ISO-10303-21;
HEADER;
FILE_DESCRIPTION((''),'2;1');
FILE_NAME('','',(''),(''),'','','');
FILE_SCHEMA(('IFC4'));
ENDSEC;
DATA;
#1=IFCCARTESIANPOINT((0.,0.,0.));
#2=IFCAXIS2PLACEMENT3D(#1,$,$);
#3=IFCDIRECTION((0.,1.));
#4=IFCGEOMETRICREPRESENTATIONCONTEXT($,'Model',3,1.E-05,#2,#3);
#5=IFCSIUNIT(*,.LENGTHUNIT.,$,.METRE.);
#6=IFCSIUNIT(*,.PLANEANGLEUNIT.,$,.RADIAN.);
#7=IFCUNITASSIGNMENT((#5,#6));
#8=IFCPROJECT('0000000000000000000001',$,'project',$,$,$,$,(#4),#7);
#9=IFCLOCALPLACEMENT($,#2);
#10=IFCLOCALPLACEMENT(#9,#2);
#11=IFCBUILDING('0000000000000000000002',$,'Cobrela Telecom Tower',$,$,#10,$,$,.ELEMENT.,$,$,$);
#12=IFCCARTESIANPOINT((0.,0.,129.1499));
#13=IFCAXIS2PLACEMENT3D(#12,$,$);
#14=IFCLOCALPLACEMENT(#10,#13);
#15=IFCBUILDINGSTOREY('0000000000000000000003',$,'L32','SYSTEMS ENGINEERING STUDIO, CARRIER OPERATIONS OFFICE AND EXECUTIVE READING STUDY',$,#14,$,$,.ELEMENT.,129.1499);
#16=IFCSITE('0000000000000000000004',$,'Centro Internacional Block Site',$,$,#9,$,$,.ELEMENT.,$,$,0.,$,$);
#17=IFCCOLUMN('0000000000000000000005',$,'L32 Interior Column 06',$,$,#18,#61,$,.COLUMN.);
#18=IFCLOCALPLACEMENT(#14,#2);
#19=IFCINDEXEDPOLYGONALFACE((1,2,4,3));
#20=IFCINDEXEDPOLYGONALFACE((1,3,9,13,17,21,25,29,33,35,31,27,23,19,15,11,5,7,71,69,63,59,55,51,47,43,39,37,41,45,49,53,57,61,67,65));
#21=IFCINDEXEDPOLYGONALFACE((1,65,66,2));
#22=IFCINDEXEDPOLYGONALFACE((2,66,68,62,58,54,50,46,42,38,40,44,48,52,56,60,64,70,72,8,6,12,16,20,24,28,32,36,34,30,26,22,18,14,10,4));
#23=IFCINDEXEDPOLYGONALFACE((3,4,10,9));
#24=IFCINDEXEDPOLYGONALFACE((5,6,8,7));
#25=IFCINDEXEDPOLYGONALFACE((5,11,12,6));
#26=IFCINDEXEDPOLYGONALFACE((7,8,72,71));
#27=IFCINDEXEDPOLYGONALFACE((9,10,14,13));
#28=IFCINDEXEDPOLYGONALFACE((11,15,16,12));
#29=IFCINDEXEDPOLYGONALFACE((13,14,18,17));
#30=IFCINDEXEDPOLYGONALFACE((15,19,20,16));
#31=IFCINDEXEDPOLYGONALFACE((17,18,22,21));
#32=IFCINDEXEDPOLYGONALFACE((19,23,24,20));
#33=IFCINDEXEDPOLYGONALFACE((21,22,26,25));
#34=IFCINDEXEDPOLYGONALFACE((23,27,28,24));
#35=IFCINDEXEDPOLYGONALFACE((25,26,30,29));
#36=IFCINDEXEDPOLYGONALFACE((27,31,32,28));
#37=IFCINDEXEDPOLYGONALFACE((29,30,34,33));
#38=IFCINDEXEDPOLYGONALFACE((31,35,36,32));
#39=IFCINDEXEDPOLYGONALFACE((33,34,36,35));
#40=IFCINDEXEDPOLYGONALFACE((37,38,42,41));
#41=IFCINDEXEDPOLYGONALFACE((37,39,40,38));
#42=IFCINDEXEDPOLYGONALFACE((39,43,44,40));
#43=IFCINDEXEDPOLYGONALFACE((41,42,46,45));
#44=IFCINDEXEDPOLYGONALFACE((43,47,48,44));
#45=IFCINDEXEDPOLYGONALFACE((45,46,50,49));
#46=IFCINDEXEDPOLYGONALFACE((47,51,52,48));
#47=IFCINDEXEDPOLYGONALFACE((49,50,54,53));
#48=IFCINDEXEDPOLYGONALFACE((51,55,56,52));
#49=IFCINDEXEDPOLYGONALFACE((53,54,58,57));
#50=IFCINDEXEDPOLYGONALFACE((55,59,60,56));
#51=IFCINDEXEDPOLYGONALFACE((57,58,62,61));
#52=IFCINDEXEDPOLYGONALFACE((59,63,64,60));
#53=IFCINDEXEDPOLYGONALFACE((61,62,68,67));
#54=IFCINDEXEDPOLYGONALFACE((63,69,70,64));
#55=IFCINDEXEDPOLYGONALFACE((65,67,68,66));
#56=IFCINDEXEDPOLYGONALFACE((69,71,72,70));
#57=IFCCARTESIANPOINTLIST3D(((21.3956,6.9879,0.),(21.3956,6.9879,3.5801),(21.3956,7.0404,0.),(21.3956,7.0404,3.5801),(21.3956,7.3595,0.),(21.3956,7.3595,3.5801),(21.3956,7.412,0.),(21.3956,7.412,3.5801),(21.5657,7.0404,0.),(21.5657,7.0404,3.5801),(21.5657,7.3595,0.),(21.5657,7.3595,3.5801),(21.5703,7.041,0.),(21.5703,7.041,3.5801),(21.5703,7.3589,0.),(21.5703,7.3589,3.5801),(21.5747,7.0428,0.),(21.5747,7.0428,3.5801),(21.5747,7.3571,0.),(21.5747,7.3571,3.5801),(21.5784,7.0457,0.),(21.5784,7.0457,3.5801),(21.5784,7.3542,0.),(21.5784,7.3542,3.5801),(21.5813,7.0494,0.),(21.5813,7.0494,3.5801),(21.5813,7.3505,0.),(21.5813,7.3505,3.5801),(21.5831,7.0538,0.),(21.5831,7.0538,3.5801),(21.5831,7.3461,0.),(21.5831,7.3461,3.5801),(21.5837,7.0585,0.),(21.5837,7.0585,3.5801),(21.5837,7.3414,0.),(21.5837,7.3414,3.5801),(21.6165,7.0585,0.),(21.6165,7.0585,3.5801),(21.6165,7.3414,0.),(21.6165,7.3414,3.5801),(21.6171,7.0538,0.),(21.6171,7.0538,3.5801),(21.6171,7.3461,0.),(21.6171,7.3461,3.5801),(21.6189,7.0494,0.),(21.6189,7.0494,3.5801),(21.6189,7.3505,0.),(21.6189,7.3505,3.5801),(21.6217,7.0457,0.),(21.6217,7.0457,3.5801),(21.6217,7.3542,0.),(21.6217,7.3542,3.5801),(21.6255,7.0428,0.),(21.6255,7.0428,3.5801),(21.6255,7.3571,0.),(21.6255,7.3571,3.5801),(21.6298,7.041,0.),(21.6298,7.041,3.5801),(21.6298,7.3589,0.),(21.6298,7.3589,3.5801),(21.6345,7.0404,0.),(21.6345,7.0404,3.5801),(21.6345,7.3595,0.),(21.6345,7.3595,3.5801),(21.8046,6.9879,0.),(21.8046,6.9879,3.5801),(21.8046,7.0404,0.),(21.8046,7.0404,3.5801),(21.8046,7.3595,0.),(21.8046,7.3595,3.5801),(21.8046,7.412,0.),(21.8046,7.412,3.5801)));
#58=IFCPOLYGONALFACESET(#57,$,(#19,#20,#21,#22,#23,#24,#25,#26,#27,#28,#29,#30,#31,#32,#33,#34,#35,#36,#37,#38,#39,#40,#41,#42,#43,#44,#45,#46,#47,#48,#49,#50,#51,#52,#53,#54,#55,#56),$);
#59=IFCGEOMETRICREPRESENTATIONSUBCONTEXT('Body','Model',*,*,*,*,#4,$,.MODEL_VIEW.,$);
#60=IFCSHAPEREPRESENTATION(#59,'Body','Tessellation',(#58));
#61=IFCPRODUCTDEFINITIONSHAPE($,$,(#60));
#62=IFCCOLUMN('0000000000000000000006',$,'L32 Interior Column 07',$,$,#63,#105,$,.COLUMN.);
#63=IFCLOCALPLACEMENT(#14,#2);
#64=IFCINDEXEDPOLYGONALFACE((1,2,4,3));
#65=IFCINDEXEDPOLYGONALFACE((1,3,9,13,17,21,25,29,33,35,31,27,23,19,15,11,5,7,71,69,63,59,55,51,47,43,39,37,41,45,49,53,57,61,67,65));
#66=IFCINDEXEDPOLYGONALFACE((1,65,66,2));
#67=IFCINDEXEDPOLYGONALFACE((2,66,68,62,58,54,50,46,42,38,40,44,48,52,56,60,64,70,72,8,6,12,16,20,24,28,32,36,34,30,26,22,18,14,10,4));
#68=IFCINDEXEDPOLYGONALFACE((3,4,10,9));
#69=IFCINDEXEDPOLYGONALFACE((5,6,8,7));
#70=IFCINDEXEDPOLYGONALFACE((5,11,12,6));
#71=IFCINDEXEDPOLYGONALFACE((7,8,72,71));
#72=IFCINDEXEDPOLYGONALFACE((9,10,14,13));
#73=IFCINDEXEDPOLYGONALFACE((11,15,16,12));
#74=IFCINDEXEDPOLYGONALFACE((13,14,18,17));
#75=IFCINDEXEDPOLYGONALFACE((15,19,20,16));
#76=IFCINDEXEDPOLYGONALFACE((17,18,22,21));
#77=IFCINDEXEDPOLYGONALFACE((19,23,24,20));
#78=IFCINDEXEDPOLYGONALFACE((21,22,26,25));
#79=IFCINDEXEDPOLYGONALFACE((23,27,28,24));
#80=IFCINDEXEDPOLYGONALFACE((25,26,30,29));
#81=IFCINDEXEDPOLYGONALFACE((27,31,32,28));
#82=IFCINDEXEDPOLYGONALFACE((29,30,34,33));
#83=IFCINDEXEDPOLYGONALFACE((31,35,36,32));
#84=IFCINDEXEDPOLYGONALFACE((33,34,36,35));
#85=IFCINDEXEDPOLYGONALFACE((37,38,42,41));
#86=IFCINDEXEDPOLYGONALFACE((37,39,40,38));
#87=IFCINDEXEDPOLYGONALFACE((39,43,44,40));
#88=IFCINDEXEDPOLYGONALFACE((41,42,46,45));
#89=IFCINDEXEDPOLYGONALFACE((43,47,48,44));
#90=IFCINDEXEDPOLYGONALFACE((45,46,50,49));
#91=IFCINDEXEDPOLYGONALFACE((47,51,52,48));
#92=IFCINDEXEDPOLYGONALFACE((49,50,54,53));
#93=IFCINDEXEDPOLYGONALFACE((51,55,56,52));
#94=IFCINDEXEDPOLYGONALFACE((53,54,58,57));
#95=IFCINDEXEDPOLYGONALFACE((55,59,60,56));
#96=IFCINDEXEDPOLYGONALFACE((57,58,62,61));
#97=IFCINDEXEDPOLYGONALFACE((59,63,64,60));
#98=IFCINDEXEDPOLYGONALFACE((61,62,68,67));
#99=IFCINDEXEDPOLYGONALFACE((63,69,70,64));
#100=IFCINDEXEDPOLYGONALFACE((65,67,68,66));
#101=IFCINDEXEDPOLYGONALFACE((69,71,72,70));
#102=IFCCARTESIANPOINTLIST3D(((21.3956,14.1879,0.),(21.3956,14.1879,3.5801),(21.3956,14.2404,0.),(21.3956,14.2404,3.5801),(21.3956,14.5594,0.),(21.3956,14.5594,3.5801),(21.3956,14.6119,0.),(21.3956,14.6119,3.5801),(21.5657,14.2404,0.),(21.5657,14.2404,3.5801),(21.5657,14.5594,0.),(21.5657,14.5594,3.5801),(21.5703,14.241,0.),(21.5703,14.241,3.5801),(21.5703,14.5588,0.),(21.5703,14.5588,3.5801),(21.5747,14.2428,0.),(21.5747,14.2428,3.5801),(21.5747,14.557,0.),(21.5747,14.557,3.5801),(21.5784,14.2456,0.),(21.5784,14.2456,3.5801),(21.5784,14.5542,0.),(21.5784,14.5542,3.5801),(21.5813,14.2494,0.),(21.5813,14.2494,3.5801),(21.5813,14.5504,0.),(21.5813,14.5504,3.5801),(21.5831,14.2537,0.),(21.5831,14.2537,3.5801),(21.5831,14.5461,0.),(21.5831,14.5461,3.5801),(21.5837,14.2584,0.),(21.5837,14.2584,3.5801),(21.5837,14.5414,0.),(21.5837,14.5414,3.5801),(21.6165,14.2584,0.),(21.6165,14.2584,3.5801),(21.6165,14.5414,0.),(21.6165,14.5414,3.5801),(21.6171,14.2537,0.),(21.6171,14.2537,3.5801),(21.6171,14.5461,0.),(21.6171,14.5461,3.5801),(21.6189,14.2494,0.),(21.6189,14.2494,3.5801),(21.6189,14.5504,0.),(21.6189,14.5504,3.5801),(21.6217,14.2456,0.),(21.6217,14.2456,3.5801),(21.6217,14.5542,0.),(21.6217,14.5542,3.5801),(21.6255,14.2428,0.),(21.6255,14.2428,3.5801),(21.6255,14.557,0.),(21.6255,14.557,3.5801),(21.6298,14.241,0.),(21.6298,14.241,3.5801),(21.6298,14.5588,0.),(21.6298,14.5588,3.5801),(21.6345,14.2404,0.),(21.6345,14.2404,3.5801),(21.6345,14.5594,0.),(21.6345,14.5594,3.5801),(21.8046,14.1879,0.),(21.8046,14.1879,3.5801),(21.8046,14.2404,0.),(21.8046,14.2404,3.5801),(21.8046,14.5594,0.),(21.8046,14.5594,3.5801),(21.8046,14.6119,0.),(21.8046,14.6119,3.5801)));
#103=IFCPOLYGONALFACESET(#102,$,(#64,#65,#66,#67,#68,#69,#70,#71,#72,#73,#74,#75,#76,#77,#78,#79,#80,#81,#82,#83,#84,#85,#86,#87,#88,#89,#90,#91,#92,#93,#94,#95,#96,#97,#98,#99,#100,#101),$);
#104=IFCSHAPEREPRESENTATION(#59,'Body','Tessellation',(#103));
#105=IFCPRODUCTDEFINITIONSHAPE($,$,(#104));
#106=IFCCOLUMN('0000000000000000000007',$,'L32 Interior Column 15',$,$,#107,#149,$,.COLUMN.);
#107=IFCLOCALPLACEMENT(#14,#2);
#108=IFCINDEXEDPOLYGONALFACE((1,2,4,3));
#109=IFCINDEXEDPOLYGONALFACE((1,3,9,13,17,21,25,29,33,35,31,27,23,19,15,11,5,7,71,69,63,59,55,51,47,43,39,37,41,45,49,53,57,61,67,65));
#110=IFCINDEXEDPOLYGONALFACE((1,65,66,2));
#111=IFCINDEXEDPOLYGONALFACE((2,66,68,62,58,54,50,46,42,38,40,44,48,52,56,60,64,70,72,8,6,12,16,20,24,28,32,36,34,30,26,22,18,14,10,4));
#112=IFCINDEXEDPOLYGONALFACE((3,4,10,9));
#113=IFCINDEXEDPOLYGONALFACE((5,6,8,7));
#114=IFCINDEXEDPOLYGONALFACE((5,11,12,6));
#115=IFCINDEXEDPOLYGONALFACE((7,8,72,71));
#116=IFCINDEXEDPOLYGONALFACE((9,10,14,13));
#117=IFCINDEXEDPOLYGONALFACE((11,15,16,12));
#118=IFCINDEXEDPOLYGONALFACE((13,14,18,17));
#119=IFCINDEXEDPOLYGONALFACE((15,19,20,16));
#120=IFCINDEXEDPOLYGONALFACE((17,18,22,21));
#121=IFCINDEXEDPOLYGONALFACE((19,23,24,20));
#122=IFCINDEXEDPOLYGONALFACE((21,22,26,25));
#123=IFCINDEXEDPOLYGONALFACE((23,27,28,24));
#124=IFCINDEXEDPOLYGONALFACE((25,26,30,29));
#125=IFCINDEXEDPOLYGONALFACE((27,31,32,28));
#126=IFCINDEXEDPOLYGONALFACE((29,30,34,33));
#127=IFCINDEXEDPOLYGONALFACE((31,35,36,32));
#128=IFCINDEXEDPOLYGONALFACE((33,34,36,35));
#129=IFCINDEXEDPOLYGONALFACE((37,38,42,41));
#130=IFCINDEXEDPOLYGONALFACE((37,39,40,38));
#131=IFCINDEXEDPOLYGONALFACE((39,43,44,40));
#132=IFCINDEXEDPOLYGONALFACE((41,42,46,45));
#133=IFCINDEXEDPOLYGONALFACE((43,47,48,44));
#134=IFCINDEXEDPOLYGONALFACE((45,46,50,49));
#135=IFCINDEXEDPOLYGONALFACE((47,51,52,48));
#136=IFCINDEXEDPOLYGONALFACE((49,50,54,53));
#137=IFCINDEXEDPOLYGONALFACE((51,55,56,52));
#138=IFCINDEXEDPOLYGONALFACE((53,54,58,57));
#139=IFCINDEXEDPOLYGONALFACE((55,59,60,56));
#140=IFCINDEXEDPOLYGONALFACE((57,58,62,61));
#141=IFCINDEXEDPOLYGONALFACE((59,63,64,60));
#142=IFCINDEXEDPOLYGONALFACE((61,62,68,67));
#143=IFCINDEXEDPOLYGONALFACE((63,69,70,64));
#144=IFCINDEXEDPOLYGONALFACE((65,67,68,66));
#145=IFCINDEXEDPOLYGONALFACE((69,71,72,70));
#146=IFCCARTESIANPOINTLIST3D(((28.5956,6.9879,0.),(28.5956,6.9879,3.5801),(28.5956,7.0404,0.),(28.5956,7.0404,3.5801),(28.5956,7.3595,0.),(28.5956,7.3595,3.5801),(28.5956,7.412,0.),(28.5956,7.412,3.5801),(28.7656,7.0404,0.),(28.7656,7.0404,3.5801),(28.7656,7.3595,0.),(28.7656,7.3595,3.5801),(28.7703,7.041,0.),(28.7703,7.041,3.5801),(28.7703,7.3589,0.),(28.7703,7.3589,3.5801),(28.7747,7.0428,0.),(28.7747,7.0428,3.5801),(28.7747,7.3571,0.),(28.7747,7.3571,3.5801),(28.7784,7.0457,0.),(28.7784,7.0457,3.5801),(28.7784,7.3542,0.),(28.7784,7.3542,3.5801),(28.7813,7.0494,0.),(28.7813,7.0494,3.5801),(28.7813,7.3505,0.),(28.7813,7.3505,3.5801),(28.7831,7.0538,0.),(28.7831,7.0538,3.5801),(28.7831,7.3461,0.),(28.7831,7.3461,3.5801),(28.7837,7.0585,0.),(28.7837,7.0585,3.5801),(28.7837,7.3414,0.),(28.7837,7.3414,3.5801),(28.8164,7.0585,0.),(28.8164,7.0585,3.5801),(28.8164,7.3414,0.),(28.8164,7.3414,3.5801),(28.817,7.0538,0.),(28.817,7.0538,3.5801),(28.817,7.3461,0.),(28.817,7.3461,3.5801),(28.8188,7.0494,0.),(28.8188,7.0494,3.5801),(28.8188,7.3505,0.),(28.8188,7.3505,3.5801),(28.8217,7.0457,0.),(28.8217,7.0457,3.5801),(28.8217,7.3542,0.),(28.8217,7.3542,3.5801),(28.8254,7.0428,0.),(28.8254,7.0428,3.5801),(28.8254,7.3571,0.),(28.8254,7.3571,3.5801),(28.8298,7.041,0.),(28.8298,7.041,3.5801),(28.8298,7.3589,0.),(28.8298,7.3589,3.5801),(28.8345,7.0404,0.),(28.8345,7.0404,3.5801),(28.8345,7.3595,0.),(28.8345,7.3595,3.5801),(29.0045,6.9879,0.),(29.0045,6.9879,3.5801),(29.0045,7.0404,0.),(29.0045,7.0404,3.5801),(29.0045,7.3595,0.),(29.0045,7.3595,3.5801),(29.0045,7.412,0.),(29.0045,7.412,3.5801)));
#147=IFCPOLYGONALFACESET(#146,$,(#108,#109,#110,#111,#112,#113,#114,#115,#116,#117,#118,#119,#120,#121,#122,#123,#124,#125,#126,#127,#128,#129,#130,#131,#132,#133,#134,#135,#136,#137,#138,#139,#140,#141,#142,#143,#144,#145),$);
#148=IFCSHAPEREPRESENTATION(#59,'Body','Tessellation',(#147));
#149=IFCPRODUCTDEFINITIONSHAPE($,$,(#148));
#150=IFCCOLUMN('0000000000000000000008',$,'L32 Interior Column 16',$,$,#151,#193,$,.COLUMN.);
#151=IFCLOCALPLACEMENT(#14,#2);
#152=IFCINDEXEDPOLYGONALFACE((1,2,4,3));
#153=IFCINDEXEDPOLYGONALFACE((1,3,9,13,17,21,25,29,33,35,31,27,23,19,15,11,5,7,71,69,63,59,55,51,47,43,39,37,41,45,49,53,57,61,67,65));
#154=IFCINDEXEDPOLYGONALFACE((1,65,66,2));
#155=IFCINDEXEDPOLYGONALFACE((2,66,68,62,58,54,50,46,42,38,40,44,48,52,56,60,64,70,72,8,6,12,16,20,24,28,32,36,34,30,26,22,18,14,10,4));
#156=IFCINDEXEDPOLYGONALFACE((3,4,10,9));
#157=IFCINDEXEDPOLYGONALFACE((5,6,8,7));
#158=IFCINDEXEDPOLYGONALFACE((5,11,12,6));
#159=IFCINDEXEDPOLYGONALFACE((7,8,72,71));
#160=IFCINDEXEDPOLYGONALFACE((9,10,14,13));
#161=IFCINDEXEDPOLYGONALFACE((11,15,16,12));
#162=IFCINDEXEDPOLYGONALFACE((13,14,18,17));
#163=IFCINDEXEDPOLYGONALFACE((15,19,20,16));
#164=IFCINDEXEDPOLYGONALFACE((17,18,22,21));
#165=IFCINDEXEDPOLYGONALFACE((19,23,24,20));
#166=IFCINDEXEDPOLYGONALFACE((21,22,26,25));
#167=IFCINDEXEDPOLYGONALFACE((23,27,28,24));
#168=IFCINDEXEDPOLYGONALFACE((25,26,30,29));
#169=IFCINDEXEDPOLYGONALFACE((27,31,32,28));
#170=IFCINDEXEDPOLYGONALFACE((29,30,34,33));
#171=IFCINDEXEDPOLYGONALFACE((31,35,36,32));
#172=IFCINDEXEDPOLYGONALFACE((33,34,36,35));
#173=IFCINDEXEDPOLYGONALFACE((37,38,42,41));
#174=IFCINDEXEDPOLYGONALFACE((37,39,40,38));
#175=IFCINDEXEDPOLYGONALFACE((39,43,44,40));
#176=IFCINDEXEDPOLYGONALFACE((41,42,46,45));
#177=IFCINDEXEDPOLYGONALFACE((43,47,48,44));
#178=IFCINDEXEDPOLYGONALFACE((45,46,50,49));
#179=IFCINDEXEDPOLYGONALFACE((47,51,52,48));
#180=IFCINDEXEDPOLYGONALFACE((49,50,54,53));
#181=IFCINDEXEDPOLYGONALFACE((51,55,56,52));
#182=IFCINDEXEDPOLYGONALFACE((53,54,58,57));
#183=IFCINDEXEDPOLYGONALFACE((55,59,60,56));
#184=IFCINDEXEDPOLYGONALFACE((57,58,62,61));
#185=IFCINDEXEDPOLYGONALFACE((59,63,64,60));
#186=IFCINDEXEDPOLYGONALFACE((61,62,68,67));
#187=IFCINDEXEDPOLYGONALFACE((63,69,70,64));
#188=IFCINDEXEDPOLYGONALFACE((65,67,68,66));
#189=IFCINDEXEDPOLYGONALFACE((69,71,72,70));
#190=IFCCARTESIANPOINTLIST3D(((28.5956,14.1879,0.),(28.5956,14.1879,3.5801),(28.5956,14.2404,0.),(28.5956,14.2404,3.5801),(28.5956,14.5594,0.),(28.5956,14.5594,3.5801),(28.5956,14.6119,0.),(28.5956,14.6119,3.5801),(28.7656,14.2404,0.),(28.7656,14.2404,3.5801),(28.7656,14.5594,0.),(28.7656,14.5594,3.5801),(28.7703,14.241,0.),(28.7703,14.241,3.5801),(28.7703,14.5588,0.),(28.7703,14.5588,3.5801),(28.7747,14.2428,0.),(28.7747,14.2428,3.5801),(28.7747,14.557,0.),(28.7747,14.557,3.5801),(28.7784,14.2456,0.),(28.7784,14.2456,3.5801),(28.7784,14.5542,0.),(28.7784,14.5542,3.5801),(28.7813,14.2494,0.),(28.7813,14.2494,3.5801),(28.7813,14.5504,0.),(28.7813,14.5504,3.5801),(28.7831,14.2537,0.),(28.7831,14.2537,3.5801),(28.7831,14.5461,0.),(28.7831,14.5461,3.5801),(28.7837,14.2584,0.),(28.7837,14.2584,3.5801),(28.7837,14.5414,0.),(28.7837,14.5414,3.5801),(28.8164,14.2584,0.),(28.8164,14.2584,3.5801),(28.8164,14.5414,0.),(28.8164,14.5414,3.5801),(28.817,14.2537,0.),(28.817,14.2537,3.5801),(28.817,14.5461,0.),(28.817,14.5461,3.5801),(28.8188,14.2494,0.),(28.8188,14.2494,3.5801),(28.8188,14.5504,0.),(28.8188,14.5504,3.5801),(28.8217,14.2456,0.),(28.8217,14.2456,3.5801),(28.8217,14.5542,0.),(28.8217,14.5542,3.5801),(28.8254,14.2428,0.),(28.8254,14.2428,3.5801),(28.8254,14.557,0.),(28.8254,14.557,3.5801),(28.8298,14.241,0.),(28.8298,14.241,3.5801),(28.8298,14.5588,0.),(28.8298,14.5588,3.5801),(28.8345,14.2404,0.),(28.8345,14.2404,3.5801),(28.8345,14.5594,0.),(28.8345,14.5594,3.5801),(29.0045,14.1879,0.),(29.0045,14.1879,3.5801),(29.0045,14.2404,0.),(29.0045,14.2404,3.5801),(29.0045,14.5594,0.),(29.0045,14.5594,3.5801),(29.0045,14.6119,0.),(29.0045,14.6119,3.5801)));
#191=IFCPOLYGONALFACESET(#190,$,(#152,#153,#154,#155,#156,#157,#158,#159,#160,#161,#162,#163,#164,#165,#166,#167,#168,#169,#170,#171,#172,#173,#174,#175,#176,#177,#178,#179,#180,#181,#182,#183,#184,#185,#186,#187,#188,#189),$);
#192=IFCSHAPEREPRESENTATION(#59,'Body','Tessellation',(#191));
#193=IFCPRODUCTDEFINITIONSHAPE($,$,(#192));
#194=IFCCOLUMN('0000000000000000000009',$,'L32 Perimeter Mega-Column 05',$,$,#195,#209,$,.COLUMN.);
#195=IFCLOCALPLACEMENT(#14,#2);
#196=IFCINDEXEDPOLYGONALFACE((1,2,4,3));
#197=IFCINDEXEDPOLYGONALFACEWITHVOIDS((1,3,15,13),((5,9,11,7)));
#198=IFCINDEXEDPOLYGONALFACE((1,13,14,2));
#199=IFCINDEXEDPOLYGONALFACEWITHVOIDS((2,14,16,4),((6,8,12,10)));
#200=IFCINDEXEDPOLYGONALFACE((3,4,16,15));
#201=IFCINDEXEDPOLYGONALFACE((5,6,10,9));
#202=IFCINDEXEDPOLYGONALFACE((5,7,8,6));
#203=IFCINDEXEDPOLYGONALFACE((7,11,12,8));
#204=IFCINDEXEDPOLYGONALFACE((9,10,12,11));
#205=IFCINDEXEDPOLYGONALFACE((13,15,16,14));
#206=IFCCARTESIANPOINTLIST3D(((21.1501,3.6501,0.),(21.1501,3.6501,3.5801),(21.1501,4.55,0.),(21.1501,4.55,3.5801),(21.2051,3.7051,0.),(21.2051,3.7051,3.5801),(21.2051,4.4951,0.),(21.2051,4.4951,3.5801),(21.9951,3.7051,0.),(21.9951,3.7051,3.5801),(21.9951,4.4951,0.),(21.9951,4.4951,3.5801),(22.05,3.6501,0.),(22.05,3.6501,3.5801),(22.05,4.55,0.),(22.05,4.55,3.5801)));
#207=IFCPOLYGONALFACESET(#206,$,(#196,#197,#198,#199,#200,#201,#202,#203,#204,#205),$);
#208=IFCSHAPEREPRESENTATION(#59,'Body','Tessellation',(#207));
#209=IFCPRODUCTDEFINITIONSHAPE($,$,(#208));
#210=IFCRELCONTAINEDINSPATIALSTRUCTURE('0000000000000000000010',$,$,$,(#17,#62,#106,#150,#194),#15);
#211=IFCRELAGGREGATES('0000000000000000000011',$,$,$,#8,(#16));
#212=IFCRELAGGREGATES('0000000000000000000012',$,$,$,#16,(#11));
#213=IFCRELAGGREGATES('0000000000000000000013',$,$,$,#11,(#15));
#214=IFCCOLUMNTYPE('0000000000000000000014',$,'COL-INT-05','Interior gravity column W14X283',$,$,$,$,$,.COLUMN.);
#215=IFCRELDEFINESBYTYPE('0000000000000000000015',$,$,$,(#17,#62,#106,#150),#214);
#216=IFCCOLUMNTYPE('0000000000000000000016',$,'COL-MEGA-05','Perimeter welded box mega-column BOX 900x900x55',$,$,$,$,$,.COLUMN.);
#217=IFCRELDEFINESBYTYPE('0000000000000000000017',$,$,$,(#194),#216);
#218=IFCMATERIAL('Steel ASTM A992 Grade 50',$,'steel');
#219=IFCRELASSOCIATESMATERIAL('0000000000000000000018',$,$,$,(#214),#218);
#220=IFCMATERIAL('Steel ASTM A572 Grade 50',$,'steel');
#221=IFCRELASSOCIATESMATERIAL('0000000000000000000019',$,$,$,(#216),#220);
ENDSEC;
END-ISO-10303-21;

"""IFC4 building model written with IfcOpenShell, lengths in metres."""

from ifc_helpers import new_model, si_unit, direction, frame, origin, origin_2d, place, context, subcontext, project, spatial, hollow_rectangle, i_section, extrude, material, material_profile, profile_set, type_object, element, save


model = new_model("IFC4")

# Units and contexts
model_context = context("Model", 3, precision=1e-05, world=origin(), true_north=direction((0.0, 1.0)))
body_context = subcontext(model_context, "Body", "Model", "MODEL_VIEW")
ifc_project = project(units=[si_unit("LENGTHUNIT", "METRE"), si_unit("PLANEANGLEUNIT", "RADIAN")], contexts=[model_context])

# Site, building, storey
site_placement = place(None, origin())
site = spatial("IfcSite", under=ifc_project, at=site_placement, Name="Centro Internacional Block Site", CompositionType="ELEMENT", RefElevation=0.0)
building_placement = place(site_placement, origin())
building = spatial("IfcBuilding", under=site, at=building_placement, Name="Cobrela Telecom Tower", CompositionType="ELEMENT")
storey_placement = place(building_placement, frame((0.0, 0.0, 129.1499)))
storey = spatial("IfcBuildingStorey", under=building, at=storey_placement, Name="L32", Description="SYSTEMS ENGINEERING STUDIO, CARRIER OPERATIONS OFFICE AND EXECUTIVE READING STUDY", CompositionType="ELEMENT", Elevation=129.1499)

# Columns
ifc_material_1 = material(Name="Steel ASTM A992 Grade 50", Category="steel")
ifc_material_profile_1 = material_profile(ifc_material_1, i_section(OverallWidth=0.4089, OverallDepth=0.4241, WebThickness=0.0327, FlangeThickness=0.0525, FilletRadius=0.0181, at=origin_2d()), Name="W14X283")
ifc_profile_set_1 = profile_set([ifc_material_profile_1], Name="Steel ASTM A992 Grade 50")
column_type_1 = type_object("IfcColumnType", Name="COL-INT-05", Description="Interior gravity column W14X283", PredefinedType="COLUMN", material=ifc_profile_set_1)
for number, where, z_axis, x_axis, name in (
    (1, (21.6001, 7.2, 0.0), (0.0, 0.0, 1.0), (1.0, 0.0, 0.0), "L32 Interior Column 06"),
    (2, (21.6001, 14.3999, 0.0), (0.0, 0.0, 1.0), (1.0, 0.0, 0.0), "L32 Interior Column 07"),
    (3, (28.8, 7.2, 0.0), (0.0, 0.0, 1.0), (1.0, 0.0, 0.0), "L32 Interior Column 15"),
    (4, (28.8, 14.3999, 0.0), (0.0, 0.0, 1.0), (1.0, 0.0, 0.0), "L32 Interior Column 16"),
):
    element("IfcColumn", number, at=place(storey_placement, frame(where, z_axis=z_axis, x_axis=x_axis)), inside=storey, type_object=column_type_1, Name=name, PredefinedType="COLUMN", context=body_context, shape_type="SweptSolid", body=[
        extrude(i_section(OverallWidth=0.4089, OverallDepth=0.4241, WebThickness=0.0327, FlangeThickness=0.0525, FilletRadius=0.0181, at=origin_2d()), origin(), (0.0, 0.0, 1.0), 3.5801),
    ])
ifc_material_2 = material(Name="Steel ASTM A572 Grade 50", Category="steel")
ifc_material_profile_2 = material_profile(ifc_material_2, hollow_rectangle(XDim=0.8999, YDim=0.8999, WallThickness=0.0549, at=origin_2d()), Name="BOX 900x900x55")
ifc_profile_set_2 = profile_set([ifc_material_profile_2], Name="Steel ASTM A572 Grade 50")
column_type_2 = type_object("IfcColumnType", Name="COL-MEGA-05", Description="Perimeter welded box mega-column BOX 900x900x55", PredefinedType="COLUMN", material=ifc_profile_set_2)
for number, where, z_axis, x_axis, name in (
    (5, (21.6001, 4.1001, 0.0), (0.0, 0.0, 1.0), (1.0, 0.0, 0.0), "L32 Perimeter Mega-Column 05"),
):
    element("IfcColumn", number, at=place(storey_placement, frame(where, z_axis=z_axis, x_axis=x_axis)), inside=storey, type_object=column_type_2, Name=name, PredefinedType="COLUMN", context=body_context, shape_type="SweptSolid", body=[
        extrude(hollow_rectangle(XDim=0.8999, YDim=0.8999, WallThickness=0.0549, at=origin_2d()), origin(), (0.0, 0.0, 1.0), 3.5801),
    ])

save(model, "model.ifc")
